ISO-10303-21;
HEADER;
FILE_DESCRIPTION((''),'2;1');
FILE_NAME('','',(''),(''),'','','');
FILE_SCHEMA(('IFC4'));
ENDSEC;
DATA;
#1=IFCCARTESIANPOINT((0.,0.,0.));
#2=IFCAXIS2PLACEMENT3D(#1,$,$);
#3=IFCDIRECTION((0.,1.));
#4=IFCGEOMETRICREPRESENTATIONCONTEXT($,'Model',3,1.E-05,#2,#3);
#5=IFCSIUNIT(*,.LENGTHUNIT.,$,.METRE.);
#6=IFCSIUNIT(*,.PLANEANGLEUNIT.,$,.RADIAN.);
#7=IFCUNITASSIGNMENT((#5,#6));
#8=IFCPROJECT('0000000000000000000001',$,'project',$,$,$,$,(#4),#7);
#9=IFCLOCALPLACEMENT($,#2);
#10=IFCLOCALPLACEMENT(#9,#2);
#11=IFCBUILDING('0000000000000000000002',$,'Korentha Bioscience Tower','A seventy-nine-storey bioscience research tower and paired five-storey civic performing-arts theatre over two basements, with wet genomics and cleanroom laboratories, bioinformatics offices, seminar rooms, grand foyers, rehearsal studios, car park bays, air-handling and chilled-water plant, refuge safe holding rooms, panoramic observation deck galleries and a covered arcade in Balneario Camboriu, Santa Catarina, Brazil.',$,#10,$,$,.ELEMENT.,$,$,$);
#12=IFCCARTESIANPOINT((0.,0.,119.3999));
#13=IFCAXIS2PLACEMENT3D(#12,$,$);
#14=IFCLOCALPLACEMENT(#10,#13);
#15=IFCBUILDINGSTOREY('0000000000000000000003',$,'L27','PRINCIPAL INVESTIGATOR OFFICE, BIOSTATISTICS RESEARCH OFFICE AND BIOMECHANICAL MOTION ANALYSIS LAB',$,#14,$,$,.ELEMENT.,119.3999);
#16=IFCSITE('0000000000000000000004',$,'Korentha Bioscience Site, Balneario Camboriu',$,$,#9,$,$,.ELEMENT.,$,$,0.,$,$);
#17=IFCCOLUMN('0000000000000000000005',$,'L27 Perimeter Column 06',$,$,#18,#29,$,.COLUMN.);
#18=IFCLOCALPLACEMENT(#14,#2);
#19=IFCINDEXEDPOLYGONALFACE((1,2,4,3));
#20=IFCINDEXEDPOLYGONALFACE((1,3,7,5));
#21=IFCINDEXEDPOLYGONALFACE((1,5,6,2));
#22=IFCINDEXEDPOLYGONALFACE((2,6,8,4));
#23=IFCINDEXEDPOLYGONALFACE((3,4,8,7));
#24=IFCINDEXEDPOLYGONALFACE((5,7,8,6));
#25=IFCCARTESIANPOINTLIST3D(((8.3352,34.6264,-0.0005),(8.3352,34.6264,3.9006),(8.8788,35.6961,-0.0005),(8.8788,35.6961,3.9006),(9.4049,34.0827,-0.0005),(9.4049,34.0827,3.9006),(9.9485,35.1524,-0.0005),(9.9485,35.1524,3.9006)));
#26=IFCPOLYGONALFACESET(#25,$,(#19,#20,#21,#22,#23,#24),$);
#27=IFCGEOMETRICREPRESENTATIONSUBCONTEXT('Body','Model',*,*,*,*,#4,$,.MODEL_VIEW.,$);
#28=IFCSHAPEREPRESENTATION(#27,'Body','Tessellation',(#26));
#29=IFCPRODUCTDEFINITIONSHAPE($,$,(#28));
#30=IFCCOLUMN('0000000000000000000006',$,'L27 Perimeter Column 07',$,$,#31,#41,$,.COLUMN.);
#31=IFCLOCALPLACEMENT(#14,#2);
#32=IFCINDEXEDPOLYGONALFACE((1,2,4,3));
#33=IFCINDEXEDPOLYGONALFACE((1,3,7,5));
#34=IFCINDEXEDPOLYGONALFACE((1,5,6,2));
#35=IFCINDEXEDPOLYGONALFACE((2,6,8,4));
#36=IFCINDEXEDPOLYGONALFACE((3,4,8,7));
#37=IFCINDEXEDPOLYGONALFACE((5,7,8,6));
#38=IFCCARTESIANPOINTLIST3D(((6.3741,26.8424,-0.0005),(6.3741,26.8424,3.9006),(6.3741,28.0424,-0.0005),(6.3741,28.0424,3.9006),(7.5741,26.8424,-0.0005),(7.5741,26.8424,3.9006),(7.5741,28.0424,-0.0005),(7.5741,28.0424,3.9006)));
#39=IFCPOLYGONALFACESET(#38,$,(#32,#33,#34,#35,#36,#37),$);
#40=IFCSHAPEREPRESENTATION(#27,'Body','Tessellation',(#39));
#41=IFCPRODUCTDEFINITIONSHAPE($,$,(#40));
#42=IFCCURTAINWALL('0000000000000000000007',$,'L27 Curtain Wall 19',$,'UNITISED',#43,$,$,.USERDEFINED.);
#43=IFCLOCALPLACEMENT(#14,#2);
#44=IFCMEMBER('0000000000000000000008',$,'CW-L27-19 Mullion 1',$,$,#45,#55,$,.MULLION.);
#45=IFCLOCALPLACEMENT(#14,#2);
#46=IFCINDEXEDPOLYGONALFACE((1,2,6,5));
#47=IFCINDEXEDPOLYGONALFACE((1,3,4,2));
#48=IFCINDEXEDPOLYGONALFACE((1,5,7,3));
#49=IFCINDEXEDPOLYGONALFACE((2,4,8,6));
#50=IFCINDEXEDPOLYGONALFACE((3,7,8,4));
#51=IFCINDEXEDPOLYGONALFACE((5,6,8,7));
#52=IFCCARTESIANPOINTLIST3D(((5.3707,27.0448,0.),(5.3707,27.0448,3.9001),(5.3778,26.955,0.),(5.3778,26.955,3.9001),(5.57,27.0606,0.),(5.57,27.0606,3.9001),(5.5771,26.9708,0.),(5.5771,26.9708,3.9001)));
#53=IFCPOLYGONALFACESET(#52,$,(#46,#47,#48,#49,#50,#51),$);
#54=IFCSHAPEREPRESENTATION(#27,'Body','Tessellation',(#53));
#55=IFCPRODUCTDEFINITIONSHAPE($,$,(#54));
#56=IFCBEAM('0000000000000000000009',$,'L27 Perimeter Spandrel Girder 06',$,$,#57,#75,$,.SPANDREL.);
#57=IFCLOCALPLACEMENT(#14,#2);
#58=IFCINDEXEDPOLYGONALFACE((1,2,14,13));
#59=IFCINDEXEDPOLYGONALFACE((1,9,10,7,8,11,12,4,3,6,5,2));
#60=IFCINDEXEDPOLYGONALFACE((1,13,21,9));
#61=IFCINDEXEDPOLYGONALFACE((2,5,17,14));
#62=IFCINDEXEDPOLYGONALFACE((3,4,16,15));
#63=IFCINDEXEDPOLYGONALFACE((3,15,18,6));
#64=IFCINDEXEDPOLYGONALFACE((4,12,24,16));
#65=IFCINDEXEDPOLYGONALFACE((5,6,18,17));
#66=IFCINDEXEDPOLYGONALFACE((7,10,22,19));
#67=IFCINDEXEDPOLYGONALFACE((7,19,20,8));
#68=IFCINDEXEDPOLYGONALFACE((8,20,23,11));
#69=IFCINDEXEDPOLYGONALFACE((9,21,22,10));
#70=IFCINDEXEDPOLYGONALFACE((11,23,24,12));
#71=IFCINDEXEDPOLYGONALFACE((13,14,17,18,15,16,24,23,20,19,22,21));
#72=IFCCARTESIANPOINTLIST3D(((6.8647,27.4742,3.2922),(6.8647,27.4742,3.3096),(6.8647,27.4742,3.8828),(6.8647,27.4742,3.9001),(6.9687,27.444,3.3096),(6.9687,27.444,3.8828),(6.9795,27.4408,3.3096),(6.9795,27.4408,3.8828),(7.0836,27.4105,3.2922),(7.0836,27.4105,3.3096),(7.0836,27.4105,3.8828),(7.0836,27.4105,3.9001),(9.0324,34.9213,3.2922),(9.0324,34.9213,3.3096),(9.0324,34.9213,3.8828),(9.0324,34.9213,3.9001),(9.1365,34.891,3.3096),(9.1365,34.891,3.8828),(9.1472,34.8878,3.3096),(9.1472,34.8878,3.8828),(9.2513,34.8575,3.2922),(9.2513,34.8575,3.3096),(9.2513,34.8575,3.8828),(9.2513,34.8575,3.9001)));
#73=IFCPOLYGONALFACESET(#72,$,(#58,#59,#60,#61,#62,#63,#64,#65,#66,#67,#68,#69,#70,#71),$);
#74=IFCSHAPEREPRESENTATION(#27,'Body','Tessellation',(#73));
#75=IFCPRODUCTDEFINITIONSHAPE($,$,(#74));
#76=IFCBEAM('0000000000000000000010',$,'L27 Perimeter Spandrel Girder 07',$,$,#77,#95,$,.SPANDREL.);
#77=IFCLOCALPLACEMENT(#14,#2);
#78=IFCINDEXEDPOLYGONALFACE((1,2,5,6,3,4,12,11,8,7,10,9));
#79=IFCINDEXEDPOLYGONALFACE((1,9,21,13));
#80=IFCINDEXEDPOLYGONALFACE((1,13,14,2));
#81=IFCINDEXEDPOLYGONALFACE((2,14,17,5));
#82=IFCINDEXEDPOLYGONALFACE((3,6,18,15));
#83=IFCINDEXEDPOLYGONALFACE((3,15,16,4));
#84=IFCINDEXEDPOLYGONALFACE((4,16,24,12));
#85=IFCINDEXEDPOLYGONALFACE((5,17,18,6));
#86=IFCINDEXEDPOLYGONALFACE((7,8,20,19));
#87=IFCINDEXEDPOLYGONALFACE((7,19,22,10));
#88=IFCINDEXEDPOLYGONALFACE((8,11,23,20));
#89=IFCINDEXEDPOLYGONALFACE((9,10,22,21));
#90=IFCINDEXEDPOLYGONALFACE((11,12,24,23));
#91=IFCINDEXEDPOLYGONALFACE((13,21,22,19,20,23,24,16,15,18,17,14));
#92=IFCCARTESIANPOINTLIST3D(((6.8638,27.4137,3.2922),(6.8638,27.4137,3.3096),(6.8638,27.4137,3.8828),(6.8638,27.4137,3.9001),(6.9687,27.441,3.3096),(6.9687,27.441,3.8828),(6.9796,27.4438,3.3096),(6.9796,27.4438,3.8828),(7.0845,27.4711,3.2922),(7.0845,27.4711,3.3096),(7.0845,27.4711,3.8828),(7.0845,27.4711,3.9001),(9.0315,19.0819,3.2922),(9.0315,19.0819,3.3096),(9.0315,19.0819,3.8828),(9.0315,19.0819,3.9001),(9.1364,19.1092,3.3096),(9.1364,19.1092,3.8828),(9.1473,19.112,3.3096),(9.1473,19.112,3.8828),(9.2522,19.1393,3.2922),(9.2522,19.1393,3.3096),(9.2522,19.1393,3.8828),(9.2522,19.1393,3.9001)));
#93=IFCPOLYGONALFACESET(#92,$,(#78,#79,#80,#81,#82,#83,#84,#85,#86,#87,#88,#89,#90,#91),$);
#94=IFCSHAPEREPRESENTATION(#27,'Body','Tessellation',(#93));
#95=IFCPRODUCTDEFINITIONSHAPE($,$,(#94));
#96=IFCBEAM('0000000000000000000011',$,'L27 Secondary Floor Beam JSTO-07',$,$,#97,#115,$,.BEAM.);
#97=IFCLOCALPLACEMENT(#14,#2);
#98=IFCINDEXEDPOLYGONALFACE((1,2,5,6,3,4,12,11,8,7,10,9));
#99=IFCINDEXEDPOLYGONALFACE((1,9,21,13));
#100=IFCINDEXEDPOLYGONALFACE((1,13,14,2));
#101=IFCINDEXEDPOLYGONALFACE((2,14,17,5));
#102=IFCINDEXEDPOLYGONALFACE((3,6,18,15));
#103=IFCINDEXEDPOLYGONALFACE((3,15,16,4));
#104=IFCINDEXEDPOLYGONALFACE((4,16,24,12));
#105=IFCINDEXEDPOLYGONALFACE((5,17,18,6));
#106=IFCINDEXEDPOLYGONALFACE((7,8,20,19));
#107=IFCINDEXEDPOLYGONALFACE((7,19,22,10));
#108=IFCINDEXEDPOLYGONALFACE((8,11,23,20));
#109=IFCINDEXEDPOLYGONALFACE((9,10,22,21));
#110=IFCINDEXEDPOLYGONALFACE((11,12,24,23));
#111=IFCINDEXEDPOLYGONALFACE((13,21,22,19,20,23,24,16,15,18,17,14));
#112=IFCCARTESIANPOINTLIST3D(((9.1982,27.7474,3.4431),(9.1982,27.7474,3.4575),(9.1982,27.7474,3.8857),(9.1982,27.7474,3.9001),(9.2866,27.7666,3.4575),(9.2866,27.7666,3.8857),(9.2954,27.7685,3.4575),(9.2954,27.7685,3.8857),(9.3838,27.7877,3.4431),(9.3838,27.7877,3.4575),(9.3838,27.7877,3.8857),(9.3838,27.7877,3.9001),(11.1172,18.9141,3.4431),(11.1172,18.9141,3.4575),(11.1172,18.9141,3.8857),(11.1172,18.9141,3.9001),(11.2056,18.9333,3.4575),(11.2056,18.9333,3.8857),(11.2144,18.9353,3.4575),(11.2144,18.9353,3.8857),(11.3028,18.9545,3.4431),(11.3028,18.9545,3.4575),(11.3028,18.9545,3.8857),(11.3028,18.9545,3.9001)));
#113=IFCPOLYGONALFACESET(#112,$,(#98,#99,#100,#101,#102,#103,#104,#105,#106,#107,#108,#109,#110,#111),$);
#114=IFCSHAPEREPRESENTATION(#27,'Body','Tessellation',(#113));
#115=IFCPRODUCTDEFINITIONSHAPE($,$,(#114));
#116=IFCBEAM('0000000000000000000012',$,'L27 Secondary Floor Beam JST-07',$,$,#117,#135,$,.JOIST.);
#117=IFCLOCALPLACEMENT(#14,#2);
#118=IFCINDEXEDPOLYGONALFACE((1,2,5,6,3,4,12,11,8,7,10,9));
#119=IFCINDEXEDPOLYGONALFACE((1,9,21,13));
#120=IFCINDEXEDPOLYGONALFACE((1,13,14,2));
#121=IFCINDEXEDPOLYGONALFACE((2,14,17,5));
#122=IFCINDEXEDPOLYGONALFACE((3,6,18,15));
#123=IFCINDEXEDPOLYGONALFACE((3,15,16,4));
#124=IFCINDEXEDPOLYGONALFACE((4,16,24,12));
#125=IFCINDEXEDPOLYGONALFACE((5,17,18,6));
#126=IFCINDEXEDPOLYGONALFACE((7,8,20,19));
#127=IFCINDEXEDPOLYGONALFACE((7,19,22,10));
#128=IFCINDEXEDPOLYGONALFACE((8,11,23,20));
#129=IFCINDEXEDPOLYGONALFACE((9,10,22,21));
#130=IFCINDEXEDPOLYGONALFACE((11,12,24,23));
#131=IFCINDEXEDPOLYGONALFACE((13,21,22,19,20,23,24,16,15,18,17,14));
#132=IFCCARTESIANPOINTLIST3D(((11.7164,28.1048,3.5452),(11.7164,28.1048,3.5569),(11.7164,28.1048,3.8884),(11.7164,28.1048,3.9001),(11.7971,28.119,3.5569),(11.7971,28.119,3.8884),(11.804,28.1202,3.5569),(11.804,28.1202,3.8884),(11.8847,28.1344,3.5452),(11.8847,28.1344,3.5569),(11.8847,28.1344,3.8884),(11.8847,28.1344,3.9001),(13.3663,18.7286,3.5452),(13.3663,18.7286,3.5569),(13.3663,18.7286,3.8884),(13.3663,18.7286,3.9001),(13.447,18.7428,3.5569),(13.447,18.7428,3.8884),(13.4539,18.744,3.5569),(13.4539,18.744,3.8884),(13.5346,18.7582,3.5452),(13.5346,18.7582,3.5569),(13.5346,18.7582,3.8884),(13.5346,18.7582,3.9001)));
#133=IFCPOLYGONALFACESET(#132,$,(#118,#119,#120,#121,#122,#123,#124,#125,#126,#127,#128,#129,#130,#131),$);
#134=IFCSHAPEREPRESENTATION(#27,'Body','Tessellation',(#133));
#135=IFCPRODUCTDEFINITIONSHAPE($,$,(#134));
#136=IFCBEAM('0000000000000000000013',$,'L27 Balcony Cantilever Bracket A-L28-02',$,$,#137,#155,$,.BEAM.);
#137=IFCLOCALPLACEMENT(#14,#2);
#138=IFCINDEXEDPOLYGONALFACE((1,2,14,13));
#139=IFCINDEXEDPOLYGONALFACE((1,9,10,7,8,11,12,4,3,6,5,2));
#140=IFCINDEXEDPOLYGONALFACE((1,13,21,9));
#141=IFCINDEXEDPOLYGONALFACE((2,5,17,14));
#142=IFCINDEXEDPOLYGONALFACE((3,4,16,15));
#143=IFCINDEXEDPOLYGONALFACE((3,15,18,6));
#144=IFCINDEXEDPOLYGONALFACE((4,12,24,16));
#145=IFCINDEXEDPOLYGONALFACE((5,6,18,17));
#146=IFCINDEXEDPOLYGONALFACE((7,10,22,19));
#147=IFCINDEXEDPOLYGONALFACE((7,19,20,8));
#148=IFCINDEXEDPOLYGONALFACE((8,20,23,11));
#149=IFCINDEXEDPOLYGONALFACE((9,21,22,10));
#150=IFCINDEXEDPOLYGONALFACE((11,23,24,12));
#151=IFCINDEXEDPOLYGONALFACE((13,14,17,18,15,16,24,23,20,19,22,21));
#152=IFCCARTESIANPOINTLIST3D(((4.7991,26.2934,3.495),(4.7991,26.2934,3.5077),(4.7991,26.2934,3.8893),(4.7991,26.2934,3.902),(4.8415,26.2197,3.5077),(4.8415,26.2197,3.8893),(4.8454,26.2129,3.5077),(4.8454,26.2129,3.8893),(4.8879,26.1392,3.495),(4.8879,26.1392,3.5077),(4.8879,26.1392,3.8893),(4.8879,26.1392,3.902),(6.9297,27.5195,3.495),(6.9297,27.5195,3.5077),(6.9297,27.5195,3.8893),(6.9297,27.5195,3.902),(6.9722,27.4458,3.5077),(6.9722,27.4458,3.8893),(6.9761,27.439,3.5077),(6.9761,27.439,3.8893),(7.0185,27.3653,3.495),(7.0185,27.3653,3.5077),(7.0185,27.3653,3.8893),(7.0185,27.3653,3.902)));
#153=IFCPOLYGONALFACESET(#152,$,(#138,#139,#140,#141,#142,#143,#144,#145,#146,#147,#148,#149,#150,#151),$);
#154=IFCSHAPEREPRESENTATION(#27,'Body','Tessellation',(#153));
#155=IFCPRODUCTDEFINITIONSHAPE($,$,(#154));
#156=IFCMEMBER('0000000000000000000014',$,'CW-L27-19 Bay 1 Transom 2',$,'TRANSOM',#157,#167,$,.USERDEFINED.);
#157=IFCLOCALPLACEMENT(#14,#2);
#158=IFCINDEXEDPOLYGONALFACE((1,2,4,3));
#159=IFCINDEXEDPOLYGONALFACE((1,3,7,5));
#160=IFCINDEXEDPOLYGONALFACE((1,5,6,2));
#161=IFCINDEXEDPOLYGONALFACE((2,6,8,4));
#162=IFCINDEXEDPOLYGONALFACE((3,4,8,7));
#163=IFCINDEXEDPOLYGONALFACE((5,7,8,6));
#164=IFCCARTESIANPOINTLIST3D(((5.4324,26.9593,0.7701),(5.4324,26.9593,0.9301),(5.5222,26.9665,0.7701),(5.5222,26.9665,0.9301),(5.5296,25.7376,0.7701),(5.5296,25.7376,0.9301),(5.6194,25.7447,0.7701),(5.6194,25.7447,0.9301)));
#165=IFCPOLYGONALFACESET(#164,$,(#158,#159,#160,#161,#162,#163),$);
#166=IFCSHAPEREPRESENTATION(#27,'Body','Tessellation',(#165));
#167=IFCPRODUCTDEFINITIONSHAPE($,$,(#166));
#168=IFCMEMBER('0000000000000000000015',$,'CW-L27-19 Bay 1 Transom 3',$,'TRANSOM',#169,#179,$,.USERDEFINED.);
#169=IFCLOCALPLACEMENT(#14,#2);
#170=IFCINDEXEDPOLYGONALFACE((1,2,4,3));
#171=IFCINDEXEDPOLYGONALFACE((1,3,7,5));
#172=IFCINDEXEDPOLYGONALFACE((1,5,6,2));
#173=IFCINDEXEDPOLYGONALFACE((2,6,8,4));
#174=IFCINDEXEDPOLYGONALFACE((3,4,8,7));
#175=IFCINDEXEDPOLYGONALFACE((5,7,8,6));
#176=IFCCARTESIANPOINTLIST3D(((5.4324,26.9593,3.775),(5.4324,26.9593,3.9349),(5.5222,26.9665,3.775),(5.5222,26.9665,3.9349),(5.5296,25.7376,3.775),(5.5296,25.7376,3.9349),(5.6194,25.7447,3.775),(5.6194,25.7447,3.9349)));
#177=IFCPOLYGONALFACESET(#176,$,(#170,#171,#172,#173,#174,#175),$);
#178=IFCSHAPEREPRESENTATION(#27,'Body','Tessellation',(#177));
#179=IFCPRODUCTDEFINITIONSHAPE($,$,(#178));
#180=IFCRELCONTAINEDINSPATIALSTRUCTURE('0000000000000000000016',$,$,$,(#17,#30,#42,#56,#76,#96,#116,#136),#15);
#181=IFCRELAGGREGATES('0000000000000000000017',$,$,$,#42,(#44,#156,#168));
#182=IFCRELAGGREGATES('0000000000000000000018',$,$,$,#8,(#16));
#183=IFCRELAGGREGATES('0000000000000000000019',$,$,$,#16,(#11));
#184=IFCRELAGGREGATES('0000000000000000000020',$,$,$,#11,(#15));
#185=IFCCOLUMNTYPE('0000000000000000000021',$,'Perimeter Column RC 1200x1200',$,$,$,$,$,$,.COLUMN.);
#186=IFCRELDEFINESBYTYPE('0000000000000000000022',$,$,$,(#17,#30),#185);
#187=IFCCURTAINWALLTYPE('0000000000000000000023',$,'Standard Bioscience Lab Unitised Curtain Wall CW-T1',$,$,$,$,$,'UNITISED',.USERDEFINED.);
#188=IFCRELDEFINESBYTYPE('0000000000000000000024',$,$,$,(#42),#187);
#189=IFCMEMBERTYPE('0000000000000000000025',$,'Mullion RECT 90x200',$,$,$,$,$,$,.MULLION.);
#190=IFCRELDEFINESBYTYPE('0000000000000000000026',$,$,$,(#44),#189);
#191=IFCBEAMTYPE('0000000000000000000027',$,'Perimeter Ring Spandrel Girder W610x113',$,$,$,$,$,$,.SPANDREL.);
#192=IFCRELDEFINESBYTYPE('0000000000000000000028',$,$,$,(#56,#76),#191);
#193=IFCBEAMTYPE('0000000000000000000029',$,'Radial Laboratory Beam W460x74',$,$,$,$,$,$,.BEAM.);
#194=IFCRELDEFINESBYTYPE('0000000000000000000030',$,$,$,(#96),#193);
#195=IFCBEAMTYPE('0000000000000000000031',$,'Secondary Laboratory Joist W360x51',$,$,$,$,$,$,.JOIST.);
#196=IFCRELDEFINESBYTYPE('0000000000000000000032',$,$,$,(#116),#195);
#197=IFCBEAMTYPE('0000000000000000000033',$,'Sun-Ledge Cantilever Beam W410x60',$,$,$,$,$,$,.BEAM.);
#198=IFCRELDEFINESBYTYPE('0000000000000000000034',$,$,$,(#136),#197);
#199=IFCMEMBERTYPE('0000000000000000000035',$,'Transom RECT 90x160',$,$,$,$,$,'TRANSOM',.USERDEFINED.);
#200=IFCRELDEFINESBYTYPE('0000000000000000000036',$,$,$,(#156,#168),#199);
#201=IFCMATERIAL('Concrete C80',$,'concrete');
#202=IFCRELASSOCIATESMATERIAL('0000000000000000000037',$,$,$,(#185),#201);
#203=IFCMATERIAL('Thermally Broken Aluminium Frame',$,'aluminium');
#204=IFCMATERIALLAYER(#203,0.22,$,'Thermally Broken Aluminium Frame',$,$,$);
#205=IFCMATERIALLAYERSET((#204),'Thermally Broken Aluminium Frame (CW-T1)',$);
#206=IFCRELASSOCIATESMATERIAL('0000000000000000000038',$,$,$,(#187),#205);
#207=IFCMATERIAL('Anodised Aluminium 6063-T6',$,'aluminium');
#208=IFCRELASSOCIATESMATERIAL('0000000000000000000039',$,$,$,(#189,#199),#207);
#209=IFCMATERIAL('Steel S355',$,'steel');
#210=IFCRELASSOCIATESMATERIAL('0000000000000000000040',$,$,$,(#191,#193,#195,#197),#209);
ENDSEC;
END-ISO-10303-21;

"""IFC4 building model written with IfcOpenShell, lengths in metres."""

from ifc_helpers import new_model, si_unit, direction, frame, origin, origin_2d, place, context, subcontext, project, spatial, rectangle, i_section, extrude, material, layer, layer_set, material_profile, profile_set, type_object, element, aggregate, save


model = new_model("IFC4")

# Units and contexts
model_context = context("Model", 3, precision=1e-05, world=origin(), true_north=direction((0.0, 1.0)))
body_context = subcontext(model_context, "Body", "Model", "MODEL_VIEW")
ifc_project = project(units=[si_unit("LENGTHUNIT", "METRE"), si_unit("PLANEANGLEUNIT", "RADIAN")], contexts=[model_context])

# Site, building, storey
site_placement = place(None, origin())
site = spatial("IfcSite", under=ifc_project, at=site_placement, Name="Korentha Bioscience Site, Balneario Camboriu", CompositionType="ELEMENT", RefElevation=0.0)
building_placement = place(site_placement, origin())
building = spatial("IfcBuilding", under=site, at=building_placement, Name="Korentha Bioscience Tower", Description="A seventy-nine-storey bioscience research tower and paired five-storey civic performing-arts theatre over two basements, with wet genomics and cleanroom laboratories, bioinformatics offices, seminar rooms, grand foyers, rehearsal studios, car park bays, air-handling and chilled-water plant, refuge safe holding rooms, panoramic observation deck galleries and a covered arcade in Balneario Camboriu, Santa Catarina, Brazil.", CompositionType="ELEMENT")
storey_placement = place(building_placement, frame((0.0, 0.0, 119.3999)))
storey = spatial("IfcBuildingStorey", under=building, at=storey_placement, Name="L27", Description="PRINCIPAL INVESTIGATOR OFFICE, BIOSTATISTICS RESEARCH OFFICE AND BIOMECHANICAL MOTION ANALYSIS LAB", CompositionType="ELEMENT", Elevation=119.3999)

# Columns
ifc_material_1 = material(Name="Concrete C80", Category="concrete")
ifc_material_profile_1 = material_profile(ifc_material_1, rectangle(XDim=1.2, YDim=1.2, at=origin_2d()), Name="Concrete C80")
ifc_profile_set_1 = profile_set([ifc_material_profile_1], Name="Concrete C80 (COL-P12)")
column_type = type_object("IfcColumnType", Name="Perimeter Column RC 1200x1200", PredefinedType="COLUMN", material=ifc_profile_set_1)
for number, where, z_axis, x_axis, name in (
    (1, (9.1418, 34.8894, -0.0005), (0.0, 0.0, 1.0), (0.453057, 0.891481, 0.0), "L27 Perimeter Column 06"),
    (2, (6.9741, 27.4424, -0.0005), (0.0, 0.0, 1.0), (0.0, 1.0, 0.0), "L27 Perimeter Column 07"),
):
    element("IfcColumn", number, at=place(storey_placement, frame(where, z_axis=z_axis, x_axis=x_axis)), inside=storey, type_object=column_type, Name=name, PredefinedType="COLUMN", context=body_context, shape_type="SweptSolid", body=[
        extrude(rectangle(XDim=1.2, YDim=1.2, at=origin_2d()), origin(), (0.0, 0.0, 1.0), 3.9011),
    ])

# Curtain wall, member
ifc_material_2 = material(Name="Thermally Broken Aluminium Frame", Category="aluminium")
ifc_layer_1 = layer(ifc_material_2, 0.22, Name="Thermally Broken Aluminium Frame")
ifc_layer_set_1 = layer_set([ifc_layer_1], Name="Thermally Broken Aluminium Frame (CW-T1)")
curtain_wall_type = type_object("IfcCurtainWallType", Name="Standard Bioscience Lab Unitised Curtain Wall CW-T1", ElementType="UNITISED", PredefinedType="USERDEFINED", material=ifc_layer_set_1)
curtain_wall_placement = place(storey_placement, origin())
curtain_wall = element("IfcCurtainWall", 3, at=curtain_wall_placement, inside=storey, type_object=curtain_wall_type, Name="L27 Curtain Wall 19", ObjectType="UNITISED", PredefinedType="USERDEFINED")
ifc_material_3 = material(Name="Anodised Aluminium 6063-T6", Category="aluminium")
ifc_material_profile_2 = material_profile(ifc_material_3, rectangle(XDim=0.0901, YDim=0.2, at=origin_2d()), Name="Anodised Aluminium 6063-T6")
ifc_profile_set_2 = profile_set([ifc_material_profile_2], Name="Anodised Aluminium 6063-T6 (CW-MUL)")
member_type_1 = type_object("IfcMemberType", Name="Mullion RECT 90x200", PredefinedType="MULLION", material=ifc_profile_set_2)
member_1_placement = place(storey_placement, frame((5.4739, 27.0078, 0.0), z_axis=(0.0, 0.0, 1.0), x_axis=(0.07913, -0.996864, 0.0)))
member_1 = element("IfcMember", 4, at=member_1_placement, type_object=member_type_1, Name="CW-L27-19 Mullion 1", PredefinedType="MULLION", context=body_context, shape_type="SweptSolid", body=[
    extrude(rectangle(XDim=0.0901, YDim=0.2, at=origin_2d()), origin(), (0.0, 0.0, 1.0), 3.9001),
])

# Beams
ifc_material_4 = material(Name="Steel S355", Category="steel")
ifc_material_profile_3 = material_profile(ifc_material_4, i_section(OverallWidth=0.228, OverallDepth=0.6079, WebThickness=0.0112, FlangeThickness=0.0173, at=origin_2d()), Name="Steel S355")
ifc_profile_set_3 = profile_set([ifc_material_profile_3], Name="Steel S355 (SB-610)")
beam_type_1 = type_object("IfcBeamType", Name="Perimeter Ring Spandrel Girder W610x113", PredefinedType="SPANDREL", material=ifc_profile_set_3)
beam_1_placement = place(storey_placement, frame((9.1418, 34.8894, 3.5962), z_axis=(-0.279486, -0.96015, 0.0), x_axis=(0.96015, -0.279486, 0.0)))
element("IfcBeam", 5, at=beam_1_placement, inside=storey, type_object=beam_type_1, Name="L27 Perimeter Spandrel Girder 06", PredefinedType="SPANDREL", context=body_context, shape_type="SweptSolid", body=[
    extrude(i_section(OverallWidth=0.228, OverallDepth=0.6079, WebThickness=0.0112, FlangeThickness=0.0173, at=origin_2d()), origin(), (0.0, 0.0, 1.0), 7.7561),
])
beam_2_placement = place(storey_placement, frame((6.9741, 27.4424, 3.5962), z_axis=(0.251793, -0.967781, 0.0), x_axis=(0.967781, 0.251793, 0.0)))
element("IfcBeam", 6, at=beam_2_placement, inside=storey, type_object=beam_type_1, Name="L27 Perimeter Spandrel Girder 07", PredefinedType="SPANDREL", context=body_context, shape_type="SweptSolid", body=[
    extrude(i_section(OverallWidth=0.228, OverallDepth=0.6079, WebThickness=0.0112, FlangeThickness=0.0173, at=origin_2d()), origin(), (0.0, 0.0, 1.0), 8.6091),
])
ifc_material_profile_4 = material_profile(ifc_material_4, i_section(OverallWidth=0.1899, OverallDepth=0.457, WebThickness=0.009, FlangeThickness=0.0144, at=origin_2d()), Name="Steel S355")
ifc_profile_set_4 = profile_set([ifc_material_profile_4], Name="Steel S355 (RB-460)")
beam_type_2 = type_object("IfcBeamType", Name="Radial Laboratory Beam W460x74", PredefinedType="BEAM", material=ifc_profile_set_4)
beam_3_placement = place(storey_placement, frame((9.291, 27.7676, 3.6716), z_axis=(0.212289, -0.977207, 0.0), x_axis=(0.977207, 0.212289, 0.0)))
element("IfcBeam", 7, at=beam_3_placement, inside=storey, type_object=beam_type_2, Name="L27 Secondary Floor Beam JSTO-07", PredefinedType="BEAM", context=body_context, shape_type="SweptSolid", body=[
    extrude(i_section(OverallWidth=0.1899, OverallDepth=0.457, WebThickness=0.009, FlangeThickness=0.0144, at=origin_2d()), origin(), (0.0, 0.0, 1.0), 9.0393),
])
ifc_material_profile_5 = material_profile(ifc_material_4, i_section(OverallWidth=0.1709, OverallDepth=0.355, WebThickness=0.0071, FlangeThickness=0.0117, at=origin_2d()), Name="Steel S355")
ifc_profile_set_5 = profile_set([ifc_material_profile_5], Name="Steel S355 (JB-360)")
beam_type_3 = type_object("IfcBeamType", Name="Secondary Laboratory Joist W360x51", PredefinedType="JOIST", material=ifc_profile_set_5)
beam_4_placement = place(storey_placement, frame((11.8005, 28.1196, 3.7227), z_axis=(0.173304, -0.984868, 0.0), x_axis=(0.984868, 0.173304, 0.0)))
element("IfcBeam", 8, at=beam_4_placement, inside=storey, type_object=beam_type_3, Name="L27 Secondary Floor Beam JST-07", PredefinedType="JOIST", context=body_context, shape_type="SweptSolid", body=[
    extrude(i_section(OverallWidth=0.1709, OverallDepth=0.355, WebThickness=0.0071, FlangeThickness=0.0117, at=origin_2d()), origin(), (0.0, 0.0, 1.0), 9.5203),
])
ifc_material_profile_6 = material_profile(ifc_material_4, i_section(OverallWidth=0.178, OverallDepth=0.407, WebThickness=0.0078, FlangeThickness=0.0127, at=origin_2d()), Name="Steel S355")
ifc_profile_set_6 = profile_set([ifc_material_profile_6], Name="Steel S355 (CB-410)")
beam_type_4 = type_object("IfcBeamType", Name="Sun-Ledge Cantilever Beam W410x60", PredefinedType="BEAM", material=ifc_profile_set_6)
beam_5_placement = place(storey_placement, frame((6.9741, 27.4424, 3.6985), z_axis=(-0.866736, -0.498768, 0.0), x_axis=(0.498768, -0.866736, 0.0)))
element("IfcBeam", 9, at=beam_5_placement, inside=storey, type_object=beam_type_4, Name="L27 Balcony Cantilever Bracket A-L28-02", PredefinedType="BEAM", context=body_context, shape_type="SweptSolid", body=[
    extrude(i_section(OverallWidth=0.178, OverallDepth=0.407, WebThickness=0.0078, FlangeThickness=0.0127, at=origin_2d()), origin(), (0.0, 0.0, 1.0), 2.4583),
])

# Members
ifc_material_profile_7 = material_profile(ifc_material_3, rectangle(XDim=0.0901, YDim=0.1599, at=origin_2d()), Name="Anodised Aluminium 6063-T6")
ifc_profile_set_7 = profile_set([ifc_material_profile_7], Name="Anodised Aluminium 6063-T6 (CW-TRN)")
member_type_2 = type_object("IfcMemberType", Name="Transom RECT 90x160", ElementType="TRANSOM", PredefinedType="USERDEFINED", material=ifc_profile_set_7)
member_2_placement = place(storey_placement, frame((5.4773, 26.9629, 0.8501), z_axis=(0.079286, -0.996852, 0.0), x_axis=(0.996852, 0.079286, 0.0)))
member_2 = element("IfcMember", 10, at=member_2_placement, type_object=member_type_2, Name="CW-L27-19 Bay 1 Transom 2", ObjectType="TRANSOM", PredefinedType="USERDEFINED", context=body_context, shape_type="SweptSolid", body=[
    extrude(rectangle(XDim=0.0901, YDim=0.1599, at=origin_2d()), origin(), (0.0, 0.0, 1.0), 1.2256),
])
member_3_placement = place(storey_placement, frame((5.4773, 26.9629, 3.855), z_axis=(0.079286, -0.996852, 0.0), x_axis=(0.996852, 0.079286, 0.0)))
member_3 = element("IfcMember", 11, at=member_3_placement, type_object=member_type_2, Name="CW-L27-19 Bay 1 Transom 3", ObjectType="TRANSOM", PredefinedType="USERDEFINED", context=body_context, shape_type="SweptSolid", body=[
    extrude(rectangle(XDim=0.0901, YDim=0.1599, at=origin_2d()), origin(), (0.0, 0.0, 1.0), 1.2256),
])
aggregate(curtain_wall, [member_1, member_2, member_3])

save(model, "model.ifc")
